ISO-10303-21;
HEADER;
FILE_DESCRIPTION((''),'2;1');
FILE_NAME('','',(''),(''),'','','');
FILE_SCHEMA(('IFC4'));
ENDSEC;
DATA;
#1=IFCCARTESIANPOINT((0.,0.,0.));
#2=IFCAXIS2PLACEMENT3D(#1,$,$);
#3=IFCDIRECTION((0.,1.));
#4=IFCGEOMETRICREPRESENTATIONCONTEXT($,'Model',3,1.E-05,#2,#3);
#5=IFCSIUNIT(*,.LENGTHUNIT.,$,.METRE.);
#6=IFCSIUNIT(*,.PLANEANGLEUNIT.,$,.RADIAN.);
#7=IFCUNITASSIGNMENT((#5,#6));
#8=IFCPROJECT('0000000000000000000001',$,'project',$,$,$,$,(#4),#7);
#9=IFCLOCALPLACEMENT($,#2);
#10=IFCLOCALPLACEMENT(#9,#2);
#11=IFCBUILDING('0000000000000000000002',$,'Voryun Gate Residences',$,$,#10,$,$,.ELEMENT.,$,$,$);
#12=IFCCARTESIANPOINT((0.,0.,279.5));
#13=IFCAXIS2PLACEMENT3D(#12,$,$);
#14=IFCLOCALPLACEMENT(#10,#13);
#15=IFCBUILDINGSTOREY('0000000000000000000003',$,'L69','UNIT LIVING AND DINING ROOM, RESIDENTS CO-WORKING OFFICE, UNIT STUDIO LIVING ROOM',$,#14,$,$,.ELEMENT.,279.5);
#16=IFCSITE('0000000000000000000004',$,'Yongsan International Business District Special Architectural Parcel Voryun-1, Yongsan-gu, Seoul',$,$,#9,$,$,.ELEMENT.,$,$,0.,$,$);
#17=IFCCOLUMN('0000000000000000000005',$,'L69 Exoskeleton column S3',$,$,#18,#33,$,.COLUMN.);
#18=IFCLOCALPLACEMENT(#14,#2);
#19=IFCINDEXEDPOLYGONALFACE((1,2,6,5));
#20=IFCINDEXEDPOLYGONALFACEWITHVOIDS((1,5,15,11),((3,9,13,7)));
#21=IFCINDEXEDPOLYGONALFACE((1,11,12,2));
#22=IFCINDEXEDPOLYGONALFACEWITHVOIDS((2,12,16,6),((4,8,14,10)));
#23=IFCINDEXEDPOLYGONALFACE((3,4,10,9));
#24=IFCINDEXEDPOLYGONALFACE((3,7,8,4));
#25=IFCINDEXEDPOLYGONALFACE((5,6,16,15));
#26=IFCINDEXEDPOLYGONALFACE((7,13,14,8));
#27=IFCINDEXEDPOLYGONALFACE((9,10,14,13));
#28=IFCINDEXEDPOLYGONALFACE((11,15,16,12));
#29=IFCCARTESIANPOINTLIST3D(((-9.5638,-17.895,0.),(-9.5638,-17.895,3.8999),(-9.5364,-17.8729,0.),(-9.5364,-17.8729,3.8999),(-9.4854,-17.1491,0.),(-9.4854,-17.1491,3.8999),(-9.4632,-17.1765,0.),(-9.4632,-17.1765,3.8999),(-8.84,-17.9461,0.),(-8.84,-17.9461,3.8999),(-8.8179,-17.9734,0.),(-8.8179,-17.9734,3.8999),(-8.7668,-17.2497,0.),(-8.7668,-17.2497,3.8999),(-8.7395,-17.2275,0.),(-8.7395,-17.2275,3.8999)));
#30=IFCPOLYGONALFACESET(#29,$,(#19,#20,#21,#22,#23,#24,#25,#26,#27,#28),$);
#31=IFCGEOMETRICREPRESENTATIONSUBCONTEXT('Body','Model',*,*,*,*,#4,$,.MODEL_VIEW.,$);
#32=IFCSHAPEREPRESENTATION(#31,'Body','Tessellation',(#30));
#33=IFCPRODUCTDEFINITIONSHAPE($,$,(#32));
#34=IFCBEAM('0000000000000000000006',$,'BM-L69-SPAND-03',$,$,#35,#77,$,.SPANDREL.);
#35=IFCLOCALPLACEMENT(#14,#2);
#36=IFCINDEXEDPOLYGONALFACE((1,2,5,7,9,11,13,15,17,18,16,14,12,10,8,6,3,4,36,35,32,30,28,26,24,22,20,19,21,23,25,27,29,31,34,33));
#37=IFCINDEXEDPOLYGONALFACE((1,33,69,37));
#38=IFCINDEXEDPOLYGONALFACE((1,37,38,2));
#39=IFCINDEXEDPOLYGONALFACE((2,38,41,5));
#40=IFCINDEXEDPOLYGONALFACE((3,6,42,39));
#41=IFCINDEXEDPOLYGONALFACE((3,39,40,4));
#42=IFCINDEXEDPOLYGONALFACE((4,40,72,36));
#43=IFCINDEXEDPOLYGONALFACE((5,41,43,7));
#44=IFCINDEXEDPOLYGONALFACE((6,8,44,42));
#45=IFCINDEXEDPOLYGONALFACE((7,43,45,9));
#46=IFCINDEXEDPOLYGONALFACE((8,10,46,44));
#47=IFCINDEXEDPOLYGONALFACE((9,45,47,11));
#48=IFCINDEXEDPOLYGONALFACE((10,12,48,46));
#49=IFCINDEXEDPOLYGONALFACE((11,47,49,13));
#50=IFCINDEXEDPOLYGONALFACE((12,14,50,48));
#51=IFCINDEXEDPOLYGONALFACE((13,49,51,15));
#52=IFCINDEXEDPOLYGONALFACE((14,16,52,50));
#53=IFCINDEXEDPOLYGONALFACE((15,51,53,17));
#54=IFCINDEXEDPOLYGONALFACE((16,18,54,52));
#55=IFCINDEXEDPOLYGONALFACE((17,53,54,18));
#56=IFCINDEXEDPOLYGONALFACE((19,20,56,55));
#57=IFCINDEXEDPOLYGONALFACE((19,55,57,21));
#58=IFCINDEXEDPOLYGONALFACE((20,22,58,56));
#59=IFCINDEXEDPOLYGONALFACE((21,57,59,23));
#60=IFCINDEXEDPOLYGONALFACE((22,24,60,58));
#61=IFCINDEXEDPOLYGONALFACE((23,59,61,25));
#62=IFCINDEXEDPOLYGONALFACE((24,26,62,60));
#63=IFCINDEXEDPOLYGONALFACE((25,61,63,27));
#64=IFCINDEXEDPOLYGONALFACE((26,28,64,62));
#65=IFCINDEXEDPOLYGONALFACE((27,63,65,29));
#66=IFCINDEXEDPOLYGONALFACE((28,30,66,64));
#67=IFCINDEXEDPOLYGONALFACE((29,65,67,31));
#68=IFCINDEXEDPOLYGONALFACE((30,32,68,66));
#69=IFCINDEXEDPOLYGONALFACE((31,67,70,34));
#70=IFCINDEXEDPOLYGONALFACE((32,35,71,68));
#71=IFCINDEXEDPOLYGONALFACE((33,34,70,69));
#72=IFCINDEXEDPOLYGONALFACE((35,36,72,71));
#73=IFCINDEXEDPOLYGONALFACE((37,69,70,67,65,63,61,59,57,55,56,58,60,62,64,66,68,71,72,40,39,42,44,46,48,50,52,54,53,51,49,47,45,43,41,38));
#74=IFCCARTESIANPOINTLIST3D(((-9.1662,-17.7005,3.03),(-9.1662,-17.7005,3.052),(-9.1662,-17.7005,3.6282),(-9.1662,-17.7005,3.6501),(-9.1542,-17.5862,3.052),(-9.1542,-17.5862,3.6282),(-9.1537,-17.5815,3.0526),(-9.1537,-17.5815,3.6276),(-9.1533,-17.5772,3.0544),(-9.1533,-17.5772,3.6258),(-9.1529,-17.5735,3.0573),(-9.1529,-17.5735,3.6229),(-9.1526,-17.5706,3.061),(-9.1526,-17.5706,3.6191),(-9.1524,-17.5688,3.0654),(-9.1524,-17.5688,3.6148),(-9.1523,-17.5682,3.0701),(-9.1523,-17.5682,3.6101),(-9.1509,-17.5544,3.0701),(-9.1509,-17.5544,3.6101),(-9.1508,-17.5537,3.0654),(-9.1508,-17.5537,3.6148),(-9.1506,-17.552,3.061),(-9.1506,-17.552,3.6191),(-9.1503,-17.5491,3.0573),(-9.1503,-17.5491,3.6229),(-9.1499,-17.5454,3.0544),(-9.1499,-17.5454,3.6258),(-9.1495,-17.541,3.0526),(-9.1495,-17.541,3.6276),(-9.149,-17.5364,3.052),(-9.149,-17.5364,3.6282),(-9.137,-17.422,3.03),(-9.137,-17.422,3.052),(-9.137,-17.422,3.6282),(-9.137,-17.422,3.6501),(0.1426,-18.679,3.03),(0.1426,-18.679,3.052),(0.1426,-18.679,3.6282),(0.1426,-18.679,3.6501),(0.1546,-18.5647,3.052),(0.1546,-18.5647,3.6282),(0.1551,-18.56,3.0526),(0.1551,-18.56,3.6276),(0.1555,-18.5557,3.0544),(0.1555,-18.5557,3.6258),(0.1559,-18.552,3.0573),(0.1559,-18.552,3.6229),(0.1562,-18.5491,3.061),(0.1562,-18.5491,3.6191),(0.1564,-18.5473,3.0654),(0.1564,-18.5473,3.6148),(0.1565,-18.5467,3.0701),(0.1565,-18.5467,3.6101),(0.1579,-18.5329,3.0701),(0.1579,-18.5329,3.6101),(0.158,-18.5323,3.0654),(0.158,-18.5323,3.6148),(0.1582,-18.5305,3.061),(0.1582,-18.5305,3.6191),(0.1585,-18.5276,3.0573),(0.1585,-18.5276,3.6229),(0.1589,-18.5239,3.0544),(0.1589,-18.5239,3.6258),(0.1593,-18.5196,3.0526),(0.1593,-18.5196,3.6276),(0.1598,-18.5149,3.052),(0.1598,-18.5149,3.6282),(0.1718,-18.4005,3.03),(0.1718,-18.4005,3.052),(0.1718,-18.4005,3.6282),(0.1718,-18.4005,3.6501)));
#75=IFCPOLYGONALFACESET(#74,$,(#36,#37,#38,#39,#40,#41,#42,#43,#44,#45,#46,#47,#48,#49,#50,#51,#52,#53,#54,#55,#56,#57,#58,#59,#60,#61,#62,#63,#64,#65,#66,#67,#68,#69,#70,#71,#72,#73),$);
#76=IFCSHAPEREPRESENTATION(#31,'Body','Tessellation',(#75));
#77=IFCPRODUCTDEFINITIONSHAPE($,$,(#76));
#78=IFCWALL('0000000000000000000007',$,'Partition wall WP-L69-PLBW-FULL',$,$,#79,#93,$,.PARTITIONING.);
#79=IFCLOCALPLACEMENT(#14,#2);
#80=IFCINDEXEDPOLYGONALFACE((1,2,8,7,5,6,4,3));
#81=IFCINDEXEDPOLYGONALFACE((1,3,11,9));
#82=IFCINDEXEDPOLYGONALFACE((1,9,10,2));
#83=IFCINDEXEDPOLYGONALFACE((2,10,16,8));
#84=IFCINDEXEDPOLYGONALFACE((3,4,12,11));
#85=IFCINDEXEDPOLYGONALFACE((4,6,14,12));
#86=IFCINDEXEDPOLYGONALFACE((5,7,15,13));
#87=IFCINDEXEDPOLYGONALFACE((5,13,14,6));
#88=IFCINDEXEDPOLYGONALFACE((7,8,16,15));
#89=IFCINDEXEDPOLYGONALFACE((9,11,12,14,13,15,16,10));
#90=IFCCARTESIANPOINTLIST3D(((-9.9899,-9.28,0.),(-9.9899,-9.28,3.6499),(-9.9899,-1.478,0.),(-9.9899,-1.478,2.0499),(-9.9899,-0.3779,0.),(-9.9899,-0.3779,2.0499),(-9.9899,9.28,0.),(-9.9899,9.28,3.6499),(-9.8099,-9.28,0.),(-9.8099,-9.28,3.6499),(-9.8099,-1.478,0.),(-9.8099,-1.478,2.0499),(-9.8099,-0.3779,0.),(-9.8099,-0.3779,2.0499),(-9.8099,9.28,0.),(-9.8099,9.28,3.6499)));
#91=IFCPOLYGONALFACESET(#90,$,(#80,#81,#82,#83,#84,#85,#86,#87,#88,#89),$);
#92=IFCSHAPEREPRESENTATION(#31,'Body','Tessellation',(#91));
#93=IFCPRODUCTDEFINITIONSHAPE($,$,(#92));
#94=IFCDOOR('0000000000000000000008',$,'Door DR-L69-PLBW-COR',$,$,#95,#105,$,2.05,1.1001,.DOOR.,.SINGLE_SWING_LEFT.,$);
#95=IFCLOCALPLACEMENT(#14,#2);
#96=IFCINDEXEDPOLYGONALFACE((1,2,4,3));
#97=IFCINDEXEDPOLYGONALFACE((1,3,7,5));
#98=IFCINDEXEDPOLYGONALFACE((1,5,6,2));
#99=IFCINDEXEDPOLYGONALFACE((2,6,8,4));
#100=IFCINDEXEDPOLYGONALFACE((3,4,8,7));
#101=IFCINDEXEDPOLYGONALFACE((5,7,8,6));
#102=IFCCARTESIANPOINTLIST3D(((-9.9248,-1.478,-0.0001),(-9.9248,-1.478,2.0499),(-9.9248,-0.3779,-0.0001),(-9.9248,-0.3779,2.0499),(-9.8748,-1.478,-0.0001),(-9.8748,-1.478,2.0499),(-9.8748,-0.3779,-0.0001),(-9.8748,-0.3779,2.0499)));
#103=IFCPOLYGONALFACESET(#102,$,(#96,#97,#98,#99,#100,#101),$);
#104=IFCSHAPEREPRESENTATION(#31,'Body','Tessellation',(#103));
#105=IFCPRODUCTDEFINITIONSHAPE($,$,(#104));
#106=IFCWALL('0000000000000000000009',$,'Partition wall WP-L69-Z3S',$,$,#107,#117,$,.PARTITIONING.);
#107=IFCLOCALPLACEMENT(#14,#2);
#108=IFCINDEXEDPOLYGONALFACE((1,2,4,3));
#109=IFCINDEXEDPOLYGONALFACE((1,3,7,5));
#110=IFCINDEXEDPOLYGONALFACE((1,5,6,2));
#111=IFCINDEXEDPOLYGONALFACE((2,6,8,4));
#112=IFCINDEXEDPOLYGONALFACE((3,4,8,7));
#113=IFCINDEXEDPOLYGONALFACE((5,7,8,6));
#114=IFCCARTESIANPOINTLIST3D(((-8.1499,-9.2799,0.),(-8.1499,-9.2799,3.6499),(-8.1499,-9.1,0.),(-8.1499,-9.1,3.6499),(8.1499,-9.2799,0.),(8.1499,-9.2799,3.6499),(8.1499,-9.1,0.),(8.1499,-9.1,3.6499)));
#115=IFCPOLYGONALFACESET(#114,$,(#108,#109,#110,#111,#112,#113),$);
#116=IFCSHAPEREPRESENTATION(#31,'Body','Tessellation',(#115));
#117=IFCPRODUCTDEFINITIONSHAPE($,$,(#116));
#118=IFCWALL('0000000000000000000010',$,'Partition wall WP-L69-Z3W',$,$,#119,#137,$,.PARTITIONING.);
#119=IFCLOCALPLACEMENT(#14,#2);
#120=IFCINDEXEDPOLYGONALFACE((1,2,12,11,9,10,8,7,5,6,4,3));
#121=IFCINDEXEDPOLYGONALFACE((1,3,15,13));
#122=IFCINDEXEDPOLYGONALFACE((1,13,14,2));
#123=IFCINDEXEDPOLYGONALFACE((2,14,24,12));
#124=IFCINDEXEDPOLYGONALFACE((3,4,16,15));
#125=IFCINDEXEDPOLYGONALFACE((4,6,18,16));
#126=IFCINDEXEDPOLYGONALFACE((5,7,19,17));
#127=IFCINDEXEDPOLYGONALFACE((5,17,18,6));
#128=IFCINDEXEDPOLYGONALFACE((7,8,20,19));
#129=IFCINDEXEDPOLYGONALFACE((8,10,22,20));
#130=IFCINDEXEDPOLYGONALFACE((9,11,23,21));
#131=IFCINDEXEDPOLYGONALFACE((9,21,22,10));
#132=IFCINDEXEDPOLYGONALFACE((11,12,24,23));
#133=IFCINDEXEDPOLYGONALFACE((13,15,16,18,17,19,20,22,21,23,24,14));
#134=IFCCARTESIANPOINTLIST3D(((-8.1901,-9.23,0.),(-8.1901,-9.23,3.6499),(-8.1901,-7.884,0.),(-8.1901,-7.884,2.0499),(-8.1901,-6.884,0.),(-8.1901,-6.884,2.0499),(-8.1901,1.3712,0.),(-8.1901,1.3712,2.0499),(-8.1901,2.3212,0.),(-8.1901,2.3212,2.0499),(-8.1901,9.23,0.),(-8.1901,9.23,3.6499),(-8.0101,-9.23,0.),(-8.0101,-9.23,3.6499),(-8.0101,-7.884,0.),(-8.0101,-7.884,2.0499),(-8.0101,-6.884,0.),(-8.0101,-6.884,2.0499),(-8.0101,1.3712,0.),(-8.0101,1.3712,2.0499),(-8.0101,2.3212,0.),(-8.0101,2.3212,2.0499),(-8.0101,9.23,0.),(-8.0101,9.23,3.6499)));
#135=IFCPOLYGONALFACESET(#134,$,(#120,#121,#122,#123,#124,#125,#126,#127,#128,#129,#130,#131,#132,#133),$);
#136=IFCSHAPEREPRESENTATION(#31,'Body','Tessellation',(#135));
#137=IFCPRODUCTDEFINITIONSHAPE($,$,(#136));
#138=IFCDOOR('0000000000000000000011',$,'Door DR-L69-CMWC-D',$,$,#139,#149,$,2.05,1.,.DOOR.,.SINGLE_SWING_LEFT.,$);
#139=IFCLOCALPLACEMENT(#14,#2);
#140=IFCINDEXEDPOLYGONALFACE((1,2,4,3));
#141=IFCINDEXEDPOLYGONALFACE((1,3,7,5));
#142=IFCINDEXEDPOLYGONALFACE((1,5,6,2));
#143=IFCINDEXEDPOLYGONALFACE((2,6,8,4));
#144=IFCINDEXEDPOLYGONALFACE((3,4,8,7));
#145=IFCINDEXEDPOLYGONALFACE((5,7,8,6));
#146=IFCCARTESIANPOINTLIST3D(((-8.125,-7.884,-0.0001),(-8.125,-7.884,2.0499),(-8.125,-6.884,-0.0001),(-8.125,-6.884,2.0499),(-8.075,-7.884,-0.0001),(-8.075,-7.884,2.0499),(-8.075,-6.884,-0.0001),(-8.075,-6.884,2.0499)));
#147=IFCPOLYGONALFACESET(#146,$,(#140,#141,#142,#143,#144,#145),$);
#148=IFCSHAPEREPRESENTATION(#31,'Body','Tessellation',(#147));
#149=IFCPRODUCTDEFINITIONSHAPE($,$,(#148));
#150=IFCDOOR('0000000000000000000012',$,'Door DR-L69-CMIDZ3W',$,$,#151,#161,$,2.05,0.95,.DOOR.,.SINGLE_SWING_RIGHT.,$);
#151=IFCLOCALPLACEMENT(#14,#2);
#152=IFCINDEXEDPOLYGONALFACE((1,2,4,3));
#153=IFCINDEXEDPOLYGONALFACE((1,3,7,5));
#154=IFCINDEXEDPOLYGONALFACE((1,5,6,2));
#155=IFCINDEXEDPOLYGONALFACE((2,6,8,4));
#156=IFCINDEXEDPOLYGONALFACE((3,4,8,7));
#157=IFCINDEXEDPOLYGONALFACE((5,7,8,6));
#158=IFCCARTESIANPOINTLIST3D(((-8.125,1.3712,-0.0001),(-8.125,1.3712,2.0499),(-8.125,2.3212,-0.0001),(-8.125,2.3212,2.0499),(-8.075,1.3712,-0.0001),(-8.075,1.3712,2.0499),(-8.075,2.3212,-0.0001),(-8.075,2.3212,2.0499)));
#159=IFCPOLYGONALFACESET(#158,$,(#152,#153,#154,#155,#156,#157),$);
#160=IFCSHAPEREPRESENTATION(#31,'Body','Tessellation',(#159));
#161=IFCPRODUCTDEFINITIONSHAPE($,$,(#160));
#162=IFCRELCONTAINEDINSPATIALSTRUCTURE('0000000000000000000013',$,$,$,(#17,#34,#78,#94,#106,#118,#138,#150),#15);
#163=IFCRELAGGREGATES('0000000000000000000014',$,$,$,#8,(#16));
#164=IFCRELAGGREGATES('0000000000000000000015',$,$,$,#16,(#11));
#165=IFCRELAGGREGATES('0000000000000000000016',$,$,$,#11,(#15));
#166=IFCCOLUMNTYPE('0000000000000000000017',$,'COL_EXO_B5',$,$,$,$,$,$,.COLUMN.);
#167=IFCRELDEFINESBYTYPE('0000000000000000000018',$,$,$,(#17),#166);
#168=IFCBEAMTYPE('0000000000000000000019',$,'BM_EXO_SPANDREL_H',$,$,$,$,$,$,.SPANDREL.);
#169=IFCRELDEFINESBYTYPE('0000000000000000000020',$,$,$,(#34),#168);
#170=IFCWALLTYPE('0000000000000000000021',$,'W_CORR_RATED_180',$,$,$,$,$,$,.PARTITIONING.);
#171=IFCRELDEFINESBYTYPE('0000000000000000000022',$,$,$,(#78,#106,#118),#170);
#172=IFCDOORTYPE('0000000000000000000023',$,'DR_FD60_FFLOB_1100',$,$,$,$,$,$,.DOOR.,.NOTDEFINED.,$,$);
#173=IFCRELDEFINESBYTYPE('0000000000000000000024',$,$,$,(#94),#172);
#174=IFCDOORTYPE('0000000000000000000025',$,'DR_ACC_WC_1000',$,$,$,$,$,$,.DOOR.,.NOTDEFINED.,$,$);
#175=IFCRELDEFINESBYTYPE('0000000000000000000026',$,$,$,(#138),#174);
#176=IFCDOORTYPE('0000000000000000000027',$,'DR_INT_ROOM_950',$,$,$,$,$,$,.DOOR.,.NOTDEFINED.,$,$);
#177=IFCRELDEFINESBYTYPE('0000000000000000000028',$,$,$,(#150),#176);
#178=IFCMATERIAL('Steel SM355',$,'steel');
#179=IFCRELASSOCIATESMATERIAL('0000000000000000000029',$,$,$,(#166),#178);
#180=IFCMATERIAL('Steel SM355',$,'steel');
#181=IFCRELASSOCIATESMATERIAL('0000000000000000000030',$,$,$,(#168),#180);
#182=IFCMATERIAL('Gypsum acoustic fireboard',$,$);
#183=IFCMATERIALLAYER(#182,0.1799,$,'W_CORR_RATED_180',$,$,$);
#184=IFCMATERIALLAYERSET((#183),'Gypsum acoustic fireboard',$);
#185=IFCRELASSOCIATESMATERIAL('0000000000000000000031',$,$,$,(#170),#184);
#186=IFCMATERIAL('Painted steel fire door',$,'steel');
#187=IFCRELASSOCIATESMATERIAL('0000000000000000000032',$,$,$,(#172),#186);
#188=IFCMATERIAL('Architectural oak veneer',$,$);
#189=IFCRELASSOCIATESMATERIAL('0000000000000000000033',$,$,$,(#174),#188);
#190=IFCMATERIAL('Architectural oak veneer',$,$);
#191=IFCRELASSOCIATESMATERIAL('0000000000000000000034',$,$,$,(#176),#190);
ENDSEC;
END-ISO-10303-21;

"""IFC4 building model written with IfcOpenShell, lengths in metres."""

from ifc_helpers import new_model, si_unit, direction, frame, frame_2d, origin, origin_2d, place, context, subcontext, project, spatial, rectangle, hollow_rectangle, i_section, extrude, material, layer, layer_set, material_profile, profile_set, type_object, element, fill, save


model = new_model("IFC4")

# Units and contexts
model_context = context("Model", 3, precision=1e-05, world=origin(), true_north=direction((0.0, 1.0)))
body_context = subcontext(model_context, "Body", "Model", "MODEL_VIEW")
ifc_project = project(units=[si_unit("LENGTHUNIT", "METRE"), si_unit("PLANEANGLEUNIT", "RADIAN")], contexts=[model_context])

# Site, building, storey
site_placement = place(None, origin())
site = spatial("IfcSite", under=ifc_project, at=site_placement, Name="Yongsan International Business District Special Architectural Parcel Voryun-1, Yongsan-gu, Seoul", CompositionType="ELEMENT", RefElevation=0.0)
building_placement = place(site_placement, origin())
building = spatial("IfcBuilding", under=site, at=building_placement, Name="Voryun Gate Residences", CompositionType="ELEMENT")
storey_placement = place(building_placement, frame((0.0, 0.0, 279.5)))
storey = spatial("IfcBuildingStorey", under=building, at=storey_placement, Name="L69", Description="UNIT LIVING AND DINING ROOM, RESIDENTS CO-WORKING OFFICE, UNIT STUDIO LIVING ROOM", CompositionType="ELEMENT", Elevation=279.5)

# Column
ifc_material_1 = material(Name="Steel SM355", Category="steel")
ifc_material_profile_1 = material_profile(ifc_material_1, hollow_rectangle(XDim=0.75, YDim=0.75, WallThickness=0.0249, at=origin_2d()), Name="BOX-750x750x25")
ifc_profile_set_1 = profile_set([ifc_material_profile_1], Name="Steel SM355")
column_type = type_object("IfcColumnType", Name="COL_EXO_B5", PredefinedType="COLUMN", material=ifc_profile_set_1)
column_placement = place(storey_placement, frame((-9.1516, -17.5613, 0.0), z_axis=(0.0, 0.0, 1.0), x_axis=(0.994522, -0.104528, 0.0)))
element("IfcColumn", 1, at=column_placement, inside=storey, type_object=column_type, Name="L69 Exoskeleton column S3", PredefinedType="COLUMN", context=body_context, shape_type="SweptSolid", body=[
    extrude(hollow_rectangle(XDim=0.75, YDim=0.75, WallThickness=0.0249, at=origin_2d()), origin(), (0.0, 0.0, 1.0), 3.8999),
])

# Beam
ifc_material_2 = material(Name="Steel SM355", Category="steel")
ifc_material_profile_2 = material_profile(ifc_material_2, i_section(OverallWidth=0.28, OverallDepth=0.6201, WebThickness=0.0139, FlangeThickness=0.022, FilletRadius=0.0181, at=origin_2d()), Name="H-620x280x14x22")
ifc_profile_set_2 = profile_set([ifc_material_profile_2], Name="Steel SM355")
beam_type = type_object("IfcBeamType", Name="BM_EXO_SPANDREL_H", PredefinedType="SPANDREL", material=ifc_profile_set_2)
beam_placement = place(storey_placement, frame((-9.1516, -17.5613, 3.3401), z_axis=(0.994521, -0.104541, 0.0), x_axis=(0.104541, 0.994521, 0.0)))
element("IfcBeam", 2, at=beam_placement, inside=storey, type_object=beam_type, Name="BM-L69-SPAND-03", PredefinedType="SPANDREL", context=body_context, shape_type="SweptSolid", body=[
    extrude(i_section(OverallWidth=0.28, OverallDepth=0.6201, WebThickness=0.0139, FlangeThickness=0.022, FilletRadius=0.0181, at=origin_2d()), origin(), (0.0, 0.0, 1.0), 9.3601),
])

# Wall, opening, door
ifc_material_3 = material(Name="Gypsum acoustic fireboard")
ifc_layer_1 = layer(ifc_material_3, 0.1799, Name="W_CORR_RATED_180")
ifc_layer_set_1 = layer_set([ifc_layer_1], Name="Gypsum acoustic fireboard")
wall_type_1 = type_object("IfcWallType", Name="W_CORR_RATED_180", PredefinedType="PARTITIONING", material=ifc_layer_set_1)
wall_1_placement = place(storey_placement, frame((-9.8999, -9.28, 0.0), z_axis=(0.0, 0.0, 1.0), x_axis=(0.0, 1.0, 0.0)))
wall_1 = element("IfcWall", 3, at=wall_1_placement, inside=storey, type_object=wall_type_1, Name="Partition wall WP-L69-PLBW-FULL", PredefinedType="PARTITIONING", context=body_context, shape_type="SweptSolid", body=[
    extrude(rectangle(XDim=18.5601, YDim=0.1799, at=frame_2d((9.28, 0.0))), origin(), (0.0, 0.0, 1.0), 3.6499),
])
opening_1_placement = place(wall_1_placement, frame((7.802, 0.0, 0.0)))
opening_1 = element("IfcOpeningElement", 4, at=opening_1_placement, cuts=wall_1, PredefinedType="OPENING", context=body_context, shape_type="SweptSolid", body=[
    extrude(rectangle(XDim=1.1001, YDim=2.05, at=frame_2d((0.55, 1.0249))), frame((0.0, 0.0999, 0.0), z_axis=(0.0, -1.0, 0.0), x_axis=(1.0, 0.0, 0.0)), (0.0, 0.0, 1.0), 0.2),
])
ifc_material_4 = material(Name="Painted steel fire door", Category="steel")
door_type_1 = type_object("IfcDoorType", Name="DR_FD60_FFLOB_1100", OperationType="NOTDEFINED", PredefinedType="DOOR", material=ifc_material_4)
door_1_placement = place(opening_1_placement, origin())
door_1 = element("IfcDoor", 5, at=door_1_placement, inside=storey, type_object=door_type_1, Name="Door DR-L69-PLBW-COR", OperationType="SINGLE_SWING_LEFT", OverallHeight=2.05, OverallWidth=1.1001, PredefinedType="DOOR", context=body_context, shape_type="SweptSolid", body=[
    extrude(rectangle(XDim=1.1001, YDim=2.05, at=frame_2d((0.55, 1.0249))), frame((0.0, 0.0249, 0.0), z_axis=(0.0, -1.0, 0.0), x_axis=(1.0, 0.0, 0.0)), (0.0, 0.0, 1.0), 0.05),
])
fill(opening_1, door_1)

# Wall
wall_2_placement = place(storey_placement, frame((-8.1499, -9.1899, 0.0), z_axis=(0.0, 0.0, 1.0), x_axis=(1.0, 0.0, 0.0)))
element("IfcWall", 6, at=wall_2_placement, inside=storey, type_object=wall_type_1, Name="Partition wall WP-L69-Z3S", PredefinedType="PARTITIONING", context=body_context, shape_type="SweptSolid", body=[
    extrude(rectangle(XDim=16.2998, YDim=0.1799, at=frame_2d((8.1499, 0.0))), origin(), (0.0, 0.0, 1.0), 3.6499),
])

# Wall, openings, doors
wall_3_placement = place(storey_placement, frame((-8.1001, -9.23, 0.0), z_axis=(0.0, 0.0, 1.0), x_axis=(0.0, 1.0, 0.0)))
wall_3 = element("IfcWall", 7, at=wall_3_placement, inside=storey, type_object=wall_type_1, Name="Partition wall WP-L69-Z3W", PredefinedType="PARTITIONING", context=body_context, shape_type="SweptSolid", body=[
    extrude(rectangle(XDim=18.46, YDim=0.1799, at=frame_2d((9.23, 0.0))), origin(), (0.0, 0.0, 1.0), 3.6499),
])
opening_2_placement = place(wall_3_placement, frame((1.3459, 0.0, 0.0)))
opening_2 = element("IfcOpeningElement", 8, at=opening_2_placement, cuts=wall_3, PredefinedType="OPENING", context=body_context, shape_type="SweptSolid", body=[
    extrude(rectangle(XDim=1.0, YDim=2.05, at=frame_2d((0.5, 1.0249))), frame((0.0, 0.0999, 0.0), z_axis=(0.0, -1.0, 0.0), x_axis=(1.0, 0.0, 0.0)), (0.0, 0.0, 1.0), 0.2),
])
opening_3_placement = place(wall_3_placement, frame((10.6011, 0.0, 0.0)))
opening_3 = element("IfcOpeningElement", 9, at=opening_3_placement, cuts=wall_3, PredefinedType="OPENING", context=body_context, shape_type="SweptSolid", body=[
    extrude(rectangle(XDim=0.95, YDim=2.05, at=frame_2d((0.4751, 1.0249))), frame((0.0, 0.0999, 0.0), z_axis=(0.0, -1.0, 0.0), x_axis=(1.0, 0.0, 0.0)), (0.0, 0.0, 1.0), 0.2),
])
ifc_material_5 = material(Name="Architectural oak veneer")
door_type_2 = type_object("IfcDoorType", Name="DR_ACC_WC_1000", OperationType="NOTDEFINED", PredefinedType="DOOR", material=ifc_material_5)
door_2_placement = place(opening_2_placement, origin())
door_2 = element("IfcDoor", 10, at=door_2_placement, inside=storey, type_object=door_type_2, Name="Door DR-L69-CMWC-D", OperationType="SINGLE_SWING_LEFT", OverallHeight=2.05, OverallWidth=1.0, PredefinedType="DOOR", context=body_context, shape_type="SweptSolid", body=[
    extrude(rectangle(XDim=1.0, YDim=2.05, at=frame_2d((0.5, 1.0249))), frame((0.0, 0.0249, 0.0), z_axis=(0.0, -1.0, 0.0), x_axis=(1.0, 0.0, 0.0)), (0.0, 0.0, 1.0), 0.05),
])
fill(opening_2, door_2)
ifc_material_6 = material(Name="Architectural oak veneer")
door_type_3 = type_object("IfcDoorType", Name="DR_INT_ROOM_950", OperationType="NOTDEFINED", PredefinedType="DOOR", material=ifc_material_6)
door_3_placement = place(opening_3_placement, origin())
door_3 = element("IfcDoor", 11, at=door_3_placement, inside=storey, type_object=door_type_3, Name="Door DR-L69-CMIDZ3W", OperationType="SINGLE_SWING_RIGHT", OverallHeight=2.05, OverallWidth=0.95, PredefinedType="DOOR", context=body_context, shape_type="SweptSolid", body=[
    extrude(rectangle(XDim=0.95, YDim=2.05, at=frame_2d((0.4751, 1.0249))), frame((0.0, 0.0249, 0.0), z_axis=(0.0, -1.0, 0.0), x_axis=(1.0, 0.0, 0.0)), (0.0, 0.0, 1.0), 0.05),
])
fill(opening_3, door_3)

save(model, "model.ifc")
